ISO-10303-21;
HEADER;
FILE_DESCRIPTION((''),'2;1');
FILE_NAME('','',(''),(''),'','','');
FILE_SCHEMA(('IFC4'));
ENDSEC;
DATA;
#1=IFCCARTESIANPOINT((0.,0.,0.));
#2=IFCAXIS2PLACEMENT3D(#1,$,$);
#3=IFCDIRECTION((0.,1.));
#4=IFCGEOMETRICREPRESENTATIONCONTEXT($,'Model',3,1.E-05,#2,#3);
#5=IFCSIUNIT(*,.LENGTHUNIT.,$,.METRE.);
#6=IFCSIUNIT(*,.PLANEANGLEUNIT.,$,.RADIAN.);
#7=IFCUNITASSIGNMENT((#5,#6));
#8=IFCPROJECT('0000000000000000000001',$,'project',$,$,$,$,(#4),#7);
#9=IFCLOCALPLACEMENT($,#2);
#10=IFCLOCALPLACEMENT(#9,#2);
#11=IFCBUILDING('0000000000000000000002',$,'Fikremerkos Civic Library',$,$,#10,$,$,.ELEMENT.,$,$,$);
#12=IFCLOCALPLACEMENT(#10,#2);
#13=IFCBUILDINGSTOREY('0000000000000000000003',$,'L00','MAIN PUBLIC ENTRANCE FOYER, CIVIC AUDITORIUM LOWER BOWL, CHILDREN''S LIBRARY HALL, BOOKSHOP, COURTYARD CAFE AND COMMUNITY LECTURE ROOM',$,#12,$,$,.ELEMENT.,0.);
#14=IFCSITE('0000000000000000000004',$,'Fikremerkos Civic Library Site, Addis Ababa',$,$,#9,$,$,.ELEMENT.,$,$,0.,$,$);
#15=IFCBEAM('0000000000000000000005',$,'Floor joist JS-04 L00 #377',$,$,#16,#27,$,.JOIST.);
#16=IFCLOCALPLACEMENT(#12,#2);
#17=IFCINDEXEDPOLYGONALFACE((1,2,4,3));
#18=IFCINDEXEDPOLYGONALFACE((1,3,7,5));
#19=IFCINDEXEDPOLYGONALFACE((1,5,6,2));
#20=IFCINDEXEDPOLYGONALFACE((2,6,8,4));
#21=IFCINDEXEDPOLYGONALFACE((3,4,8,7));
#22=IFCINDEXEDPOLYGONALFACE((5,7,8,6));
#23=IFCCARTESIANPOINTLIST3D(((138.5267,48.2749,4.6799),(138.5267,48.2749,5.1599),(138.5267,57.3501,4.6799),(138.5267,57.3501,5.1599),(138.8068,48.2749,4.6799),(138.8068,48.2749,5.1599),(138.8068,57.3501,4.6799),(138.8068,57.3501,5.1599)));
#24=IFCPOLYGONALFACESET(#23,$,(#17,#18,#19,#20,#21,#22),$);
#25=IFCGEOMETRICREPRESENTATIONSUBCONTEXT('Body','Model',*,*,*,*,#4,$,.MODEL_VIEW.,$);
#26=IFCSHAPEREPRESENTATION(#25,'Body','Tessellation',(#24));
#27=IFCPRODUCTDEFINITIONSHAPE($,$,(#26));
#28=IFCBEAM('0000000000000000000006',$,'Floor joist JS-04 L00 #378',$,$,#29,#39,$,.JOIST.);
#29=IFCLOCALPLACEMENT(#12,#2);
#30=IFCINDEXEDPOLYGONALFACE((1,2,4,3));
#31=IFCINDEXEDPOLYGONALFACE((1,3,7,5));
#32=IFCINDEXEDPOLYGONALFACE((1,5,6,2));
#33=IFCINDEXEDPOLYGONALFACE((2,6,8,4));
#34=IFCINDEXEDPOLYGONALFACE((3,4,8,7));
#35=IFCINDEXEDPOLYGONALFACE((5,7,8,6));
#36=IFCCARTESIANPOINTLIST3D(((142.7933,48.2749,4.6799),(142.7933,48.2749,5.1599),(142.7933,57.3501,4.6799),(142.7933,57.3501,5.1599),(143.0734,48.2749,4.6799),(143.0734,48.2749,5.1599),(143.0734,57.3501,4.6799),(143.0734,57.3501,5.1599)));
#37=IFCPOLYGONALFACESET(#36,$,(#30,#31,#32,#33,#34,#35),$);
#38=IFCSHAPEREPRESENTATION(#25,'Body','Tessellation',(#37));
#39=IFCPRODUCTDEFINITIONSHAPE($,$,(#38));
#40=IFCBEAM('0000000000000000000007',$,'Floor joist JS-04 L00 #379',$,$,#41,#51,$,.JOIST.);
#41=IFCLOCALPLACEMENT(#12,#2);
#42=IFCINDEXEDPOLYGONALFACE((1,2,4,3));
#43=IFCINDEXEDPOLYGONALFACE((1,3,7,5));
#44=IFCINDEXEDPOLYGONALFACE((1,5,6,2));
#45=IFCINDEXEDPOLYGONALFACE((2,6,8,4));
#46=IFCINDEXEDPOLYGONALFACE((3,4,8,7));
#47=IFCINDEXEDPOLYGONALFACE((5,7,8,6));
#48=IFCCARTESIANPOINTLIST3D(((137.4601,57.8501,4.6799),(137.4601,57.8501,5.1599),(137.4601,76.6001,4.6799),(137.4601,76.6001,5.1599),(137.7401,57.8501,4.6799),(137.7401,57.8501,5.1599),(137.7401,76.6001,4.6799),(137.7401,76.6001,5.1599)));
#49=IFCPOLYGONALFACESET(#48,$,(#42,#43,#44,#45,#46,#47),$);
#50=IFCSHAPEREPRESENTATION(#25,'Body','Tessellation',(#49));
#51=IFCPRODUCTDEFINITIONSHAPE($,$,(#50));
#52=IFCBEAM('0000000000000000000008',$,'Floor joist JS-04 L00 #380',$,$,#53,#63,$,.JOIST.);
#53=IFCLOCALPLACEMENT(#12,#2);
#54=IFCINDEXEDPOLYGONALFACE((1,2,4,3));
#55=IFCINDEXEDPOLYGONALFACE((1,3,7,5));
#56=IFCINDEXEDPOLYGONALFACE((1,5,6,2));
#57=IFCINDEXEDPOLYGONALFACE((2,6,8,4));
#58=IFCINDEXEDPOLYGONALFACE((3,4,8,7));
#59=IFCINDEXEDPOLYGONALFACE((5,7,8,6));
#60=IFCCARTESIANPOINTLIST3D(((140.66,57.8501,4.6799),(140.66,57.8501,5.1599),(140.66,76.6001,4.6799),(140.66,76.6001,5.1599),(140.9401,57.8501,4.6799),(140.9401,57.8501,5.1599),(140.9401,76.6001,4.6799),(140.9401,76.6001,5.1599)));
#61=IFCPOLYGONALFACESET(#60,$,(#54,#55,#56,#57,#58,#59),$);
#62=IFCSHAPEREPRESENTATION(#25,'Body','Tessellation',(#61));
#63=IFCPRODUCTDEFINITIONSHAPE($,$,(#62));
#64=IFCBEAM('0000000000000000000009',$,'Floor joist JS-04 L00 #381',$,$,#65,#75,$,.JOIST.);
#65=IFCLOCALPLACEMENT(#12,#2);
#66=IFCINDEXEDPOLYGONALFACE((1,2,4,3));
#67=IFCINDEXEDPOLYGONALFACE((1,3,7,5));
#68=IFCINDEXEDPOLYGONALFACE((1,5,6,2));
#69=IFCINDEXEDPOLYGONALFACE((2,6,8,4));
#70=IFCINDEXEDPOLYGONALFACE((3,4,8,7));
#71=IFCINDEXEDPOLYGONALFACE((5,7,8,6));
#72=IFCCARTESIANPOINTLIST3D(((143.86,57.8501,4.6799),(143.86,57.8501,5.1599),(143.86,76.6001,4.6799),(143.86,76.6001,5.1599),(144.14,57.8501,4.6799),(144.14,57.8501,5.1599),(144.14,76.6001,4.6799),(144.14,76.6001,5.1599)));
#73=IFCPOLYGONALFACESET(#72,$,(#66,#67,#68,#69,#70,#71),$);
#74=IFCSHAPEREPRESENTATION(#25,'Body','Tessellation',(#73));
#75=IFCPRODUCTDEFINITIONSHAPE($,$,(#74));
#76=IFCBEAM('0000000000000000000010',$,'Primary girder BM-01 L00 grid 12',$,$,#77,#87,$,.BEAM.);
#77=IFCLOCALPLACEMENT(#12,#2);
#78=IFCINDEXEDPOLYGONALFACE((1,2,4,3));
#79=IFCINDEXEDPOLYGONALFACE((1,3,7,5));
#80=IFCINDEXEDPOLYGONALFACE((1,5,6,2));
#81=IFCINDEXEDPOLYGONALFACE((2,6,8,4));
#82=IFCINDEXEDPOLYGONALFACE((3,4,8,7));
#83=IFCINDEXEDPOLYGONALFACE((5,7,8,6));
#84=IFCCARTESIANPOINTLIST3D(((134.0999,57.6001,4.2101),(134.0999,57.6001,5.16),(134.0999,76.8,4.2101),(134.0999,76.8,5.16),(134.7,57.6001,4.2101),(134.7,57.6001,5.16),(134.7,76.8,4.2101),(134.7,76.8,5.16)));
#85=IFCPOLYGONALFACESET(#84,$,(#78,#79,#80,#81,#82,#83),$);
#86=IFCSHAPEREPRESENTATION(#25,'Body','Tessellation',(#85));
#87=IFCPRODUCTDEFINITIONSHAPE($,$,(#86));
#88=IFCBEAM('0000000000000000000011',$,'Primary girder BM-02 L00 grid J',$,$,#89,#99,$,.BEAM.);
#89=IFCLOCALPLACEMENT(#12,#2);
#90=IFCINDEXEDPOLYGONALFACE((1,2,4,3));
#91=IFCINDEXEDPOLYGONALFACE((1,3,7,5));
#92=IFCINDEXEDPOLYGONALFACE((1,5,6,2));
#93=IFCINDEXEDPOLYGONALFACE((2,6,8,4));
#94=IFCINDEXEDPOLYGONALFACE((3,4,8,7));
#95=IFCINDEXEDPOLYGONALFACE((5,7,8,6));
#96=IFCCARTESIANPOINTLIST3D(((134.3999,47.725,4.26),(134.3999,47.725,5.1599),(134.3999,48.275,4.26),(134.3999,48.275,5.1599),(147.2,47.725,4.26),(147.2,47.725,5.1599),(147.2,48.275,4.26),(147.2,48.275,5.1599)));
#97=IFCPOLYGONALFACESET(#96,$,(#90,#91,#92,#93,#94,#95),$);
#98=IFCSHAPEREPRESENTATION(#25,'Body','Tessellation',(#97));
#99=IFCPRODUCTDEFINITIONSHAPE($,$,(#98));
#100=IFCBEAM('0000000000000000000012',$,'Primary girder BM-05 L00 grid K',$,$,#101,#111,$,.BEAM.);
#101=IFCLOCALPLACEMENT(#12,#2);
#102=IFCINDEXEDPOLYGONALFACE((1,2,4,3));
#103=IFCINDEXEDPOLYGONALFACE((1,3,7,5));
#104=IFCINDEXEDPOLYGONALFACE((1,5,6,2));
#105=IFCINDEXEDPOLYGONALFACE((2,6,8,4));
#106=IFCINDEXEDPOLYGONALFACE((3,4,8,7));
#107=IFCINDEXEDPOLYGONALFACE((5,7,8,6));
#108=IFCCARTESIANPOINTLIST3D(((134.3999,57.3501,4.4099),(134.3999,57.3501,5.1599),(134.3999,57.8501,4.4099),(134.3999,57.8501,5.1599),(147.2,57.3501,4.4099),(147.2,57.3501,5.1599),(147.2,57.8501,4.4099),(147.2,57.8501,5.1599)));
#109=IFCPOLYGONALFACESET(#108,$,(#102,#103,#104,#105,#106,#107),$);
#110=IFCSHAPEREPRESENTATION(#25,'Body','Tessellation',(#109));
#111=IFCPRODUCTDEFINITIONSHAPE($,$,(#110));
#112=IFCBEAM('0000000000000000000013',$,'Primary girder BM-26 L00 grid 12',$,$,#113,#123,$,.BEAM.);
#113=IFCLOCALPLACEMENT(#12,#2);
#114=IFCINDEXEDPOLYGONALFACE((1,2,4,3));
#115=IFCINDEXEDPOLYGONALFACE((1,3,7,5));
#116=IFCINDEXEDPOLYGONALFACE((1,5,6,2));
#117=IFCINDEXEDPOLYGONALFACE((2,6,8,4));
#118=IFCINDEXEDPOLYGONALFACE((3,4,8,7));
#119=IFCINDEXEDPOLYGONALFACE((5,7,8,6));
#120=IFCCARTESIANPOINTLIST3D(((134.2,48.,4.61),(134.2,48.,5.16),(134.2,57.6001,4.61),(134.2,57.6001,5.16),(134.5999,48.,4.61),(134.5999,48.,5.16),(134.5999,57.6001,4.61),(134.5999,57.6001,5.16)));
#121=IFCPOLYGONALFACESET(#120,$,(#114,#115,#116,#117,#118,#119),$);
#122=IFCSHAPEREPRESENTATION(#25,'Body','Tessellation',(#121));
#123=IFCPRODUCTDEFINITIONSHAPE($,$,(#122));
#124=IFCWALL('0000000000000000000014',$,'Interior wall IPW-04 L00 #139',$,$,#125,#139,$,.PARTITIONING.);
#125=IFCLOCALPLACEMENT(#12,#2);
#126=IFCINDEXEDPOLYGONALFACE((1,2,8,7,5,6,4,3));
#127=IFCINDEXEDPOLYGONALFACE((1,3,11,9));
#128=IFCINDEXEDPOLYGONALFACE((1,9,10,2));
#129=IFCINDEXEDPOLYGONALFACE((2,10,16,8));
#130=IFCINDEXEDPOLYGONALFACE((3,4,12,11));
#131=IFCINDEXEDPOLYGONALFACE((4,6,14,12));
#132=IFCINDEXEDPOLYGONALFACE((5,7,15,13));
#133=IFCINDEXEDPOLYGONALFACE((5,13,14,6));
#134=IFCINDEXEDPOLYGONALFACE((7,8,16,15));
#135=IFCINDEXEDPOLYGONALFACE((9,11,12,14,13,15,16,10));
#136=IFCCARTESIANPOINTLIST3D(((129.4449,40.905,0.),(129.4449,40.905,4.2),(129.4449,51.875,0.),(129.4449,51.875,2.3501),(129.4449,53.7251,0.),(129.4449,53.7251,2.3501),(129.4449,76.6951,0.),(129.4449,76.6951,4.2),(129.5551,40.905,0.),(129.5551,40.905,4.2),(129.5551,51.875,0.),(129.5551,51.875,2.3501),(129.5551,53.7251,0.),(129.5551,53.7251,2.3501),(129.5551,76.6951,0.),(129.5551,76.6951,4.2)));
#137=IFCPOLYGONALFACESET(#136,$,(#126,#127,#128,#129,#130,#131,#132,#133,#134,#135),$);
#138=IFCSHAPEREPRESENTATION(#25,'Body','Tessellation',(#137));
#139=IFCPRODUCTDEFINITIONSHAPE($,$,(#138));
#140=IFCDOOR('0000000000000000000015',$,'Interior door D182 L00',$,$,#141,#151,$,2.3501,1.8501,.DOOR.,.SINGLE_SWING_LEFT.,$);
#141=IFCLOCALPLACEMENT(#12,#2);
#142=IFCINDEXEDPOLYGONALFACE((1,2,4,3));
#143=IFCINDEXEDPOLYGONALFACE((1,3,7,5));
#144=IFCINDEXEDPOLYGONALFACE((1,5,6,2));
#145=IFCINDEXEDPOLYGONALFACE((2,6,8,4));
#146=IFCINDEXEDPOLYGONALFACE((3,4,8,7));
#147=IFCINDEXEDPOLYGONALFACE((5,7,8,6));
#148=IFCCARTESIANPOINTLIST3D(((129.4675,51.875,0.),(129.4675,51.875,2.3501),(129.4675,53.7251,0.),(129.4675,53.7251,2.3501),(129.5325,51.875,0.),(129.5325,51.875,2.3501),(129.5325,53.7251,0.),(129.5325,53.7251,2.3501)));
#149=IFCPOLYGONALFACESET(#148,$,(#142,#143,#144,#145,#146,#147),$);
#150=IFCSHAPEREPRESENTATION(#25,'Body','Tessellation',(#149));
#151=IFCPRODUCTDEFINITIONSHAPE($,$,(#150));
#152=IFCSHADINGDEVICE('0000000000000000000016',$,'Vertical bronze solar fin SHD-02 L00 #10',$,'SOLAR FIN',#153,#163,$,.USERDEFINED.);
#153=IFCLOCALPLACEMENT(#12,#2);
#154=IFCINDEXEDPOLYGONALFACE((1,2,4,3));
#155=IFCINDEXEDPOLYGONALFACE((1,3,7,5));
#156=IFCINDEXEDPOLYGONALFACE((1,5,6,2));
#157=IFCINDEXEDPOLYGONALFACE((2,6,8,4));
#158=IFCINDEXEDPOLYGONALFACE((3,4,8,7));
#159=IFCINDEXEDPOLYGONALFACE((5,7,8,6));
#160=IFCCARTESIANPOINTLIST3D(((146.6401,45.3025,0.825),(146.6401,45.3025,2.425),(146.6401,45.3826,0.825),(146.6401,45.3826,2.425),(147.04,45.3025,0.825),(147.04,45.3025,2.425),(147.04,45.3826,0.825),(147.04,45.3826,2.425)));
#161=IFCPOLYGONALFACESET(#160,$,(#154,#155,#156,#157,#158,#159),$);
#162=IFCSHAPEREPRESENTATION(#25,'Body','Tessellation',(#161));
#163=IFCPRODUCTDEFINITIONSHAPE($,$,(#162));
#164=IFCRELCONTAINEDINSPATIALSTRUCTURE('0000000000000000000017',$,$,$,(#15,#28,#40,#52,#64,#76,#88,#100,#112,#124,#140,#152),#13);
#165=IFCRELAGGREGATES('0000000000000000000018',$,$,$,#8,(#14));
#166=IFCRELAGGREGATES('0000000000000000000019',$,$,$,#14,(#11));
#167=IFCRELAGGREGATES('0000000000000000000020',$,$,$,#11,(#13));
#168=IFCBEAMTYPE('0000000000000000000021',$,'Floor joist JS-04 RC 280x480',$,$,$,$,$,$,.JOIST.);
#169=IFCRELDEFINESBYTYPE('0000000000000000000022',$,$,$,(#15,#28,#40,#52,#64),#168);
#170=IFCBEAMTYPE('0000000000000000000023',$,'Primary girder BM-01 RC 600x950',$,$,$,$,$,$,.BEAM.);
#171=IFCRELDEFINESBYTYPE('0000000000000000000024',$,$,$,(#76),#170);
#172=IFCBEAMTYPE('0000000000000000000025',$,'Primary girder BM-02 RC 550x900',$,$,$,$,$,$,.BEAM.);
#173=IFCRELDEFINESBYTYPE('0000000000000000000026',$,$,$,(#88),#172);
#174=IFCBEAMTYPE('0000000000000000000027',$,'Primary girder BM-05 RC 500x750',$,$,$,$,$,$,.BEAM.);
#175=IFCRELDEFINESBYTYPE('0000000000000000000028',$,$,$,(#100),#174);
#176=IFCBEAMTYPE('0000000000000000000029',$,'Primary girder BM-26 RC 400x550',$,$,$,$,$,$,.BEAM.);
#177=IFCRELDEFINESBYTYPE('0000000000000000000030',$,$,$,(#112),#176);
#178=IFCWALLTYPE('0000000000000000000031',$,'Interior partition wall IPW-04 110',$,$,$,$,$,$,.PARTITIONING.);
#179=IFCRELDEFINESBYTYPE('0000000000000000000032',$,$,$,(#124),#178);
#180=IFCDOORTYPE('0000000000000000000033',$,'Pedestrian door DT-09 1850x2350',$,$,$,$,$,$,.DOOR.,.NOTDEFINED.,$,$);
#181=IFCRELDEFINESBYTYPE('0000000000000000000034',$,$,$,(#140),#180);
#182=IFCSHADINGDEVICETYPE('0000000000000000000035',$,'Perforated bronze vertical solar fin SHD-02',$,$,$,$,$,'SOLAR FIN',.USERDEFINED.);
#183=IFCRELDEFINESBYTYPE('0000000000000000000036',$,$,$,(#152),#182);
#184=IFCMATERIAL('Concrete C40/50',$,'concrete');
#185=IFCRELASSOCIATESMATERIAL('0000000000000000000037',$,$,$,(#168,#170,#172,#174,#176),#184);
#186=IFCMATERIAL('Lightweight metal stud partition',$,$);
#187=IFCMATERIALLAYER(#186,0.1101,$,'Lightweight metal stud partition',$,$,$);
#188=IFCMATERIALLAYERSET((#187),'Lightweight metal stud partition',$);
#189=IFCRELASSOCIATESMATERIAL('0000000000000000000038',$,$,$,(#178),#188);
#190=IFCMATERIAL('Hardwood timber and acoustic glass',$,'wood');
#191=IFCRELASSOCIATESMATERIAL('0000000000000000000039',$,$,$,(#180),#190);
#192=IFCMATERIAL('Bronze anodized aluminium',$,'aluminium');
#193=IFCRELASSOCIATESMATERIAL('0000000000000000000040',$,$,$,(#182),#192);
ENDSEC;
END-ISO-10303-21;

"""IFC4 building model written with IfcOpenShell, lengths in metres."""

from ifc_helpers import new_model, si_unit, direction, frame, frame_2d, origin, origin_2d, place, context, subcontext, project, spatial, rectangle, extrude, material, layer, layer_set, material_profile, profile_set, type_object, element, fill, save


model = new_model("IFC4")

# Units and contexts
model_context = context("Model", 3, precision=1e-05, world=origin(), true_north=direction((0.0, 1.0)))
body_context = subcontext(model_context, "Body", "Model", "MODEL_VIEW")
ifc_project = project(units=[si_unit("LENGTHUNIT", "METRE"), si_unit("PLANEANGLEUNIT", "RADIAN")], contexts=[model_context])

# Site, building, storey
site_placement = place(None, origin())
site = spatial("IfcSite", under=ifc_project, at=site_placement, Name="Fikremerkos Civic Library Site, Addis Ababa", CompositionType="ELEMENT", RefElevation=0.0)
building_placement = place(site_placement, origin())
building = spatial("IfcBuilding", under=site, at=building_placement, Name="Fikremerkos Civic Library", CompositionType="ELEMENT")
storey_placement = place(building_placement, origin())
storey = spatial("IfcBuildingStorey", under=building, at=storey_placement, Name="L00", Description="MAIN PUBLIC ENTRANCE FOYER, CIVIC AUDITORIUM LOWER BOWL, CHILDREN'S LIBRARY HALL, BOOKSHOP, COURTYARD CAFE AND COMMUNITY LECTURE ROOM", CompositionType="ELEMENT", Elevation=0.0)

# Shared definitions
ifc_material_1 = material(Name="Concrete C40/50", Category="concrete")

# Beams
ifc_material_profile_1 = material_profile(ifc_material_1, rectangle(XDim=0.28, YDim=0.48, at=origin_2d()), Name="RC 280x480")
ifc_profile_set_1 = profile_set([ifc_material_profile_1], Name="Concrete C40/50")
beam_type_1 = type_object("IfcBeamType", Name="Floor joist JS-04 RC 280x480", PredefinedType="JOIST", material=ifc_profile_set_1)
for number, where, z_axis, x_axis, name in (
    (1, (138.6667, 48.2749, 4.9199), (0.0, 1.0, 0.0), (-1.0, 0.0, 0.0), "Floor joist JS-04 L00 #377"),
    (2, (142.9333, 48.2749, 4.9199), (0.0, 1.0, 0.0), (-1.0, 0.0, 0.0), "Floor joist JS-04 L00 #378"),
):
    element("IfcBeam", number, at=place(storey_placement, frame(where, z_axis=z_axis, x_axis=x_axis)), inside=storey, type_object=beam_type_1, Name=name, PredefinedType="JOIST", context=body_context, shape_type="SweptSolid", body=[
        extrude(rectangle(XDim=0.28, YDim=0.48, at=origin_2d()), origin(), (0.0, 0.0, 1.0), 9.0752),
    ])
for number, where, z_axis, x_axis, name in (
    (3, (137.6001, 57.8501, 4.9199), (0.0, 1.0, 0.0), (-1.0, 0.0, 0.0), "Floor joist JS-04 L00 #379"),
    (4, (140.8, 57.8501, 4.9199), (0.0, 1.0, 0.0), (-1.0, 0.0, 0.0), "Floor joist JS-04 L00 #380"),
    (5, (144.0, 57.8501, 4.9199), (0.0, 1.0, 0.0), (-1.0, 0.0, 0.0), "Floor joist JS-04 L00 #381"),
):
    element("IfcBeam", number, at=place(storey_placement, frame(where, z_axis=z_axis, x_axis=x_axis)), inside=storey, type_object=beam_type_1, Name=name, PredefinedType="JOIST", context=body_context, shape_type="SweptSolid", body=[
        extrude(rectangle(XDim=0.28, YDim=0.48, at=origin_2d()), origin(), (0.0, 0.0, 1.0), 18.75),
    ])
ifc_material_profile_2 = material_profile(ifc_material_1, rectangle(XDim=0.6001, YDim=0.95, at=origin_2d()), Name="RC 600x950")
ifc_profile_set_2 = profile_set([ifc_material_profile_2], Name="Concrete C40/50")
beam_type_2 = type_object("IfcBeamType", Name="Primary girder BM-01 RC 600x950", PredefinedType="BEAM", material=ifc_profile_set_2)
beam_1_placement = place(storey_placement, frame((134.3999, 57.6001, 4.6851), z_axis=(0.0, 1.0, 0.0), x_axis=(-1.0, 0.0, 0.0)))
element("IfcBeam", 6, at=beam_1_placement, inside=storey, type_object=beam_type_2, Name="Primary girder BM-01 L00 grid 12", PredefinedType="BEAM", context=body_context, shape_type="SweptSolid", body=[
    extrude(rectangle(XDim=0.6001, YDim=0.95, at=origin_2d()), origin(), (0.0, 0.0, 1.0), 19.2),
])
ifc_material_profile_3 = material_profile(ifc_material_1, rectangle(XDim=0.55, YDim=0.8999, at=origin_2d()), Name="RC 550x900")
ifc_profile_set_3 = profile_set([ifc_material_profile_3], Name="Concrete C40/50")
beam_type_3 = type_object("IfcBeamType", Name="Primary girder BM-02 RC 550x900", PredefinedType="BEAM", material=ifc_profile_set_3)
beam_2_placement = place(storey_placement, frame((134.3999, 48.0, 4.71), z_axis=(1.0, 0.0, 0.0), x_axis=(0.0, 1.0, 0.0)))
element("IfcBeam", 7, at=beam_2_placement, inside=storey, type_object=beam_type_3, Name="Primary girder BM-02 L00 grid J", PredefinedType="BEAM", context=body_context, shape_type="SweptSolid", body=[
    extrude(rectangle(XDim=0.55, YDim=0.8999, at=origin_2d()), origin(), (0.0, 0.0, 1.0), 12.8),
])
ifc_material_profile_4 = material_profile(ifc_material_1, rectangle(XDim=0.5, YDim=0.75, at=origin_2d()), Name="RC 500x750")
ifc_profile_set_4 = profile_set([ifc_material_profile_4], Name="Concrete C40/50")
beam_type_4 = type_object("IfcBeamType", Name="Primary girder BM-05 RC 500x750", PredefinedType="BEAM", material=ifc_profile_set_4)
beam_3_placement = place(storey_placement, frame((134.3999, 57.6001, 4.7849), z_axis=(1.0, 0.0, 0.0), x_axis=(0.0, 1.0, 0.0)))
element("IfcBeam", 8, at=beam_3_placement, inside=storey, type_object=beam_type_4, Name="Primary girder BM-05 L00 grid K", PredefinedType="BEAM", context=body_context, shape_type="SweptSolid", body=[
    extrude(rectangle(XDim=0.5, YDim=0.75, at=origin_2d()), origin(), (0.0, 0.0, 1.0), 12.8),
])
ifc_material_profile_5 = material_profile(ifc_material_1, rectangle(XDim=0.3999, YDim=0.55, at=origin_2d()), Name="RC 400x550")
ifc_profile_set_5 = profile_set([ifc_material_profile_5], Name="Concrete C40/50")
beam_type_5 = type_object("IfcBeamType", Name="Primary girder BM-26 RC 400x550", PredefinedType="BEAM", material=ifc_profile_set_5)
beam_4_placement = place(storey_placement, frame((134.3999, 48.0, 4.885), z_axis=(0.0, 1.0, 0.0), x_axis=(-1.0, 0.0, 0.0)))
element("IfcBeam", 9, at=beam_4_placement, inside=storey, type_object=beam_type_5, Name="Primary girder BM-26 L00 grid 12", PredefinedType="BEAM", context=body_context, shape_type="SweptSolid", body=[
    extrude(rectangle(XDim=0.3999, YDim=0.55, at=origin_2d()), origin(), (0.0, 0.0, 1.0), 9.6001),
])

# Wall, opening, door
ifc_material_2 = material(Name="Lightweight metal stud partition")
ifc_layer = layer(ifc_material_2, 0.1101, Name="Lightweight metal stud partition")
ifc_layer_set = layer_set([ifc_layer], Name="Lightweight metal stud partition")
wall_type = type_object("IfcWallType", Name="Interior partition wall IPW-04 110", PredefinedType="PARTITIONING", material=ifc_layer_set)
wall_placement = place(storey_placement, frame((129.5, 40.905, 0.0), z_axis=(0.0, 0.0, 1.0), x_axis=(0.0, 1.0, 0.0)))
wall = element("IfcWall", 10, at=wall_placement, inside=storey, type_object=wall_type, Name="Interior wall IPW-04 L00 #139", PredefinedType="PARTITIONING", context=body_context, shape_type="SweptSolid", body=[
    extrude(rectangle(XDim=35.79, YDim=0.1101, at=frame_2d((17.895, 0.0))), origin(), (0.0, 0.0, 1.0), 4.2),
])
opening_placement = place(wall_placement, frame((10.97, 0.0, 0.0)))
opening = element("IfcOpeningElement", 11, at=opening_placement, cuts=wall, PredefinedType="OPENING", context=body_context, shape_type="SweptSolid", body=[
    extrude(rectangle(XDim=1.8501, YDim=2.3501, at=frame_2d((0.925, 1.175))), frame((0.0, 0.0649, 0.0), z_axis=(0.0, -1.0, 0.0), x_axis=(1.0, 0.0, 0.0)), (0.0, 0.0, 1.0), 0.1301),
])
ifc_material_3 = material(Name="Hardwood timber and acoustic glass", Category="wood")
door_type = type_object("IfcDoorType", Name="Pedestrian door DT-09 1850x2350", OperationType="NOTDEFINED", PredefinedType="DOOR", material=ifc_material_3)
door_placement = place(opening_placement, origin())
door = element("IfcDoor", 12, at=door_placement, inside=storey, type_object=door_type, Name="Interior door D182 L00", OperationType="SINGLE_SWING_LEFT", OverallHeight=2.3501, OverallWidth=1.8501, PredefinedType="DOOR", context=body_context, shape_type="SweptSolid", body=[
    extrude(rectangle(XDim=1.8501, YDim=2.3501, at=frame_2d((0.925, 1.175))), frame((0.0, 0.0325, 0.0), z_axis=(0.0, -1.0, 0.0), x_axis=(1.0, 0.0, 0.0)), (0.0, 0.0, 1.0), 0.0649),
])
fill(opening, door)

# Shading device
ifc_material_4 = material(Name="Bronze anodized aluminium", Category="aluminium")
shading_device_type = type_object("IfcShadingDeviceType", Name="Perforated bronze vertical solar fin SHD-02", ElementType="SOLAR FIN", PredefinedType="USERDEFINED", material=ifc_material_4)
shading_device_placement = place(storey_placement, frame((146.8401, 45.3425, 0.825), z_axis=(0.0, 0.0, 1.0), x_axis=(0.0, 1.0, 0.0)))
element("IfcShadingDevice", 13, at=shading_device_placement, inside=storey, type_object=shading_device_type, Name="Vertical bronze solar fin SHD-02 L00 #10", ObjectType="SOLAR FIN", PredefinedType="USERDEFINED", context=body_context, shape_type="SweptSolid", body=[
    extrude(rectangle(XDim=0.0801, YDim=0.3999, at=origin_2d()), origin(), (0.0, 0.0, 1.0), 1.6001),
])

save(model, "model.ifc")
